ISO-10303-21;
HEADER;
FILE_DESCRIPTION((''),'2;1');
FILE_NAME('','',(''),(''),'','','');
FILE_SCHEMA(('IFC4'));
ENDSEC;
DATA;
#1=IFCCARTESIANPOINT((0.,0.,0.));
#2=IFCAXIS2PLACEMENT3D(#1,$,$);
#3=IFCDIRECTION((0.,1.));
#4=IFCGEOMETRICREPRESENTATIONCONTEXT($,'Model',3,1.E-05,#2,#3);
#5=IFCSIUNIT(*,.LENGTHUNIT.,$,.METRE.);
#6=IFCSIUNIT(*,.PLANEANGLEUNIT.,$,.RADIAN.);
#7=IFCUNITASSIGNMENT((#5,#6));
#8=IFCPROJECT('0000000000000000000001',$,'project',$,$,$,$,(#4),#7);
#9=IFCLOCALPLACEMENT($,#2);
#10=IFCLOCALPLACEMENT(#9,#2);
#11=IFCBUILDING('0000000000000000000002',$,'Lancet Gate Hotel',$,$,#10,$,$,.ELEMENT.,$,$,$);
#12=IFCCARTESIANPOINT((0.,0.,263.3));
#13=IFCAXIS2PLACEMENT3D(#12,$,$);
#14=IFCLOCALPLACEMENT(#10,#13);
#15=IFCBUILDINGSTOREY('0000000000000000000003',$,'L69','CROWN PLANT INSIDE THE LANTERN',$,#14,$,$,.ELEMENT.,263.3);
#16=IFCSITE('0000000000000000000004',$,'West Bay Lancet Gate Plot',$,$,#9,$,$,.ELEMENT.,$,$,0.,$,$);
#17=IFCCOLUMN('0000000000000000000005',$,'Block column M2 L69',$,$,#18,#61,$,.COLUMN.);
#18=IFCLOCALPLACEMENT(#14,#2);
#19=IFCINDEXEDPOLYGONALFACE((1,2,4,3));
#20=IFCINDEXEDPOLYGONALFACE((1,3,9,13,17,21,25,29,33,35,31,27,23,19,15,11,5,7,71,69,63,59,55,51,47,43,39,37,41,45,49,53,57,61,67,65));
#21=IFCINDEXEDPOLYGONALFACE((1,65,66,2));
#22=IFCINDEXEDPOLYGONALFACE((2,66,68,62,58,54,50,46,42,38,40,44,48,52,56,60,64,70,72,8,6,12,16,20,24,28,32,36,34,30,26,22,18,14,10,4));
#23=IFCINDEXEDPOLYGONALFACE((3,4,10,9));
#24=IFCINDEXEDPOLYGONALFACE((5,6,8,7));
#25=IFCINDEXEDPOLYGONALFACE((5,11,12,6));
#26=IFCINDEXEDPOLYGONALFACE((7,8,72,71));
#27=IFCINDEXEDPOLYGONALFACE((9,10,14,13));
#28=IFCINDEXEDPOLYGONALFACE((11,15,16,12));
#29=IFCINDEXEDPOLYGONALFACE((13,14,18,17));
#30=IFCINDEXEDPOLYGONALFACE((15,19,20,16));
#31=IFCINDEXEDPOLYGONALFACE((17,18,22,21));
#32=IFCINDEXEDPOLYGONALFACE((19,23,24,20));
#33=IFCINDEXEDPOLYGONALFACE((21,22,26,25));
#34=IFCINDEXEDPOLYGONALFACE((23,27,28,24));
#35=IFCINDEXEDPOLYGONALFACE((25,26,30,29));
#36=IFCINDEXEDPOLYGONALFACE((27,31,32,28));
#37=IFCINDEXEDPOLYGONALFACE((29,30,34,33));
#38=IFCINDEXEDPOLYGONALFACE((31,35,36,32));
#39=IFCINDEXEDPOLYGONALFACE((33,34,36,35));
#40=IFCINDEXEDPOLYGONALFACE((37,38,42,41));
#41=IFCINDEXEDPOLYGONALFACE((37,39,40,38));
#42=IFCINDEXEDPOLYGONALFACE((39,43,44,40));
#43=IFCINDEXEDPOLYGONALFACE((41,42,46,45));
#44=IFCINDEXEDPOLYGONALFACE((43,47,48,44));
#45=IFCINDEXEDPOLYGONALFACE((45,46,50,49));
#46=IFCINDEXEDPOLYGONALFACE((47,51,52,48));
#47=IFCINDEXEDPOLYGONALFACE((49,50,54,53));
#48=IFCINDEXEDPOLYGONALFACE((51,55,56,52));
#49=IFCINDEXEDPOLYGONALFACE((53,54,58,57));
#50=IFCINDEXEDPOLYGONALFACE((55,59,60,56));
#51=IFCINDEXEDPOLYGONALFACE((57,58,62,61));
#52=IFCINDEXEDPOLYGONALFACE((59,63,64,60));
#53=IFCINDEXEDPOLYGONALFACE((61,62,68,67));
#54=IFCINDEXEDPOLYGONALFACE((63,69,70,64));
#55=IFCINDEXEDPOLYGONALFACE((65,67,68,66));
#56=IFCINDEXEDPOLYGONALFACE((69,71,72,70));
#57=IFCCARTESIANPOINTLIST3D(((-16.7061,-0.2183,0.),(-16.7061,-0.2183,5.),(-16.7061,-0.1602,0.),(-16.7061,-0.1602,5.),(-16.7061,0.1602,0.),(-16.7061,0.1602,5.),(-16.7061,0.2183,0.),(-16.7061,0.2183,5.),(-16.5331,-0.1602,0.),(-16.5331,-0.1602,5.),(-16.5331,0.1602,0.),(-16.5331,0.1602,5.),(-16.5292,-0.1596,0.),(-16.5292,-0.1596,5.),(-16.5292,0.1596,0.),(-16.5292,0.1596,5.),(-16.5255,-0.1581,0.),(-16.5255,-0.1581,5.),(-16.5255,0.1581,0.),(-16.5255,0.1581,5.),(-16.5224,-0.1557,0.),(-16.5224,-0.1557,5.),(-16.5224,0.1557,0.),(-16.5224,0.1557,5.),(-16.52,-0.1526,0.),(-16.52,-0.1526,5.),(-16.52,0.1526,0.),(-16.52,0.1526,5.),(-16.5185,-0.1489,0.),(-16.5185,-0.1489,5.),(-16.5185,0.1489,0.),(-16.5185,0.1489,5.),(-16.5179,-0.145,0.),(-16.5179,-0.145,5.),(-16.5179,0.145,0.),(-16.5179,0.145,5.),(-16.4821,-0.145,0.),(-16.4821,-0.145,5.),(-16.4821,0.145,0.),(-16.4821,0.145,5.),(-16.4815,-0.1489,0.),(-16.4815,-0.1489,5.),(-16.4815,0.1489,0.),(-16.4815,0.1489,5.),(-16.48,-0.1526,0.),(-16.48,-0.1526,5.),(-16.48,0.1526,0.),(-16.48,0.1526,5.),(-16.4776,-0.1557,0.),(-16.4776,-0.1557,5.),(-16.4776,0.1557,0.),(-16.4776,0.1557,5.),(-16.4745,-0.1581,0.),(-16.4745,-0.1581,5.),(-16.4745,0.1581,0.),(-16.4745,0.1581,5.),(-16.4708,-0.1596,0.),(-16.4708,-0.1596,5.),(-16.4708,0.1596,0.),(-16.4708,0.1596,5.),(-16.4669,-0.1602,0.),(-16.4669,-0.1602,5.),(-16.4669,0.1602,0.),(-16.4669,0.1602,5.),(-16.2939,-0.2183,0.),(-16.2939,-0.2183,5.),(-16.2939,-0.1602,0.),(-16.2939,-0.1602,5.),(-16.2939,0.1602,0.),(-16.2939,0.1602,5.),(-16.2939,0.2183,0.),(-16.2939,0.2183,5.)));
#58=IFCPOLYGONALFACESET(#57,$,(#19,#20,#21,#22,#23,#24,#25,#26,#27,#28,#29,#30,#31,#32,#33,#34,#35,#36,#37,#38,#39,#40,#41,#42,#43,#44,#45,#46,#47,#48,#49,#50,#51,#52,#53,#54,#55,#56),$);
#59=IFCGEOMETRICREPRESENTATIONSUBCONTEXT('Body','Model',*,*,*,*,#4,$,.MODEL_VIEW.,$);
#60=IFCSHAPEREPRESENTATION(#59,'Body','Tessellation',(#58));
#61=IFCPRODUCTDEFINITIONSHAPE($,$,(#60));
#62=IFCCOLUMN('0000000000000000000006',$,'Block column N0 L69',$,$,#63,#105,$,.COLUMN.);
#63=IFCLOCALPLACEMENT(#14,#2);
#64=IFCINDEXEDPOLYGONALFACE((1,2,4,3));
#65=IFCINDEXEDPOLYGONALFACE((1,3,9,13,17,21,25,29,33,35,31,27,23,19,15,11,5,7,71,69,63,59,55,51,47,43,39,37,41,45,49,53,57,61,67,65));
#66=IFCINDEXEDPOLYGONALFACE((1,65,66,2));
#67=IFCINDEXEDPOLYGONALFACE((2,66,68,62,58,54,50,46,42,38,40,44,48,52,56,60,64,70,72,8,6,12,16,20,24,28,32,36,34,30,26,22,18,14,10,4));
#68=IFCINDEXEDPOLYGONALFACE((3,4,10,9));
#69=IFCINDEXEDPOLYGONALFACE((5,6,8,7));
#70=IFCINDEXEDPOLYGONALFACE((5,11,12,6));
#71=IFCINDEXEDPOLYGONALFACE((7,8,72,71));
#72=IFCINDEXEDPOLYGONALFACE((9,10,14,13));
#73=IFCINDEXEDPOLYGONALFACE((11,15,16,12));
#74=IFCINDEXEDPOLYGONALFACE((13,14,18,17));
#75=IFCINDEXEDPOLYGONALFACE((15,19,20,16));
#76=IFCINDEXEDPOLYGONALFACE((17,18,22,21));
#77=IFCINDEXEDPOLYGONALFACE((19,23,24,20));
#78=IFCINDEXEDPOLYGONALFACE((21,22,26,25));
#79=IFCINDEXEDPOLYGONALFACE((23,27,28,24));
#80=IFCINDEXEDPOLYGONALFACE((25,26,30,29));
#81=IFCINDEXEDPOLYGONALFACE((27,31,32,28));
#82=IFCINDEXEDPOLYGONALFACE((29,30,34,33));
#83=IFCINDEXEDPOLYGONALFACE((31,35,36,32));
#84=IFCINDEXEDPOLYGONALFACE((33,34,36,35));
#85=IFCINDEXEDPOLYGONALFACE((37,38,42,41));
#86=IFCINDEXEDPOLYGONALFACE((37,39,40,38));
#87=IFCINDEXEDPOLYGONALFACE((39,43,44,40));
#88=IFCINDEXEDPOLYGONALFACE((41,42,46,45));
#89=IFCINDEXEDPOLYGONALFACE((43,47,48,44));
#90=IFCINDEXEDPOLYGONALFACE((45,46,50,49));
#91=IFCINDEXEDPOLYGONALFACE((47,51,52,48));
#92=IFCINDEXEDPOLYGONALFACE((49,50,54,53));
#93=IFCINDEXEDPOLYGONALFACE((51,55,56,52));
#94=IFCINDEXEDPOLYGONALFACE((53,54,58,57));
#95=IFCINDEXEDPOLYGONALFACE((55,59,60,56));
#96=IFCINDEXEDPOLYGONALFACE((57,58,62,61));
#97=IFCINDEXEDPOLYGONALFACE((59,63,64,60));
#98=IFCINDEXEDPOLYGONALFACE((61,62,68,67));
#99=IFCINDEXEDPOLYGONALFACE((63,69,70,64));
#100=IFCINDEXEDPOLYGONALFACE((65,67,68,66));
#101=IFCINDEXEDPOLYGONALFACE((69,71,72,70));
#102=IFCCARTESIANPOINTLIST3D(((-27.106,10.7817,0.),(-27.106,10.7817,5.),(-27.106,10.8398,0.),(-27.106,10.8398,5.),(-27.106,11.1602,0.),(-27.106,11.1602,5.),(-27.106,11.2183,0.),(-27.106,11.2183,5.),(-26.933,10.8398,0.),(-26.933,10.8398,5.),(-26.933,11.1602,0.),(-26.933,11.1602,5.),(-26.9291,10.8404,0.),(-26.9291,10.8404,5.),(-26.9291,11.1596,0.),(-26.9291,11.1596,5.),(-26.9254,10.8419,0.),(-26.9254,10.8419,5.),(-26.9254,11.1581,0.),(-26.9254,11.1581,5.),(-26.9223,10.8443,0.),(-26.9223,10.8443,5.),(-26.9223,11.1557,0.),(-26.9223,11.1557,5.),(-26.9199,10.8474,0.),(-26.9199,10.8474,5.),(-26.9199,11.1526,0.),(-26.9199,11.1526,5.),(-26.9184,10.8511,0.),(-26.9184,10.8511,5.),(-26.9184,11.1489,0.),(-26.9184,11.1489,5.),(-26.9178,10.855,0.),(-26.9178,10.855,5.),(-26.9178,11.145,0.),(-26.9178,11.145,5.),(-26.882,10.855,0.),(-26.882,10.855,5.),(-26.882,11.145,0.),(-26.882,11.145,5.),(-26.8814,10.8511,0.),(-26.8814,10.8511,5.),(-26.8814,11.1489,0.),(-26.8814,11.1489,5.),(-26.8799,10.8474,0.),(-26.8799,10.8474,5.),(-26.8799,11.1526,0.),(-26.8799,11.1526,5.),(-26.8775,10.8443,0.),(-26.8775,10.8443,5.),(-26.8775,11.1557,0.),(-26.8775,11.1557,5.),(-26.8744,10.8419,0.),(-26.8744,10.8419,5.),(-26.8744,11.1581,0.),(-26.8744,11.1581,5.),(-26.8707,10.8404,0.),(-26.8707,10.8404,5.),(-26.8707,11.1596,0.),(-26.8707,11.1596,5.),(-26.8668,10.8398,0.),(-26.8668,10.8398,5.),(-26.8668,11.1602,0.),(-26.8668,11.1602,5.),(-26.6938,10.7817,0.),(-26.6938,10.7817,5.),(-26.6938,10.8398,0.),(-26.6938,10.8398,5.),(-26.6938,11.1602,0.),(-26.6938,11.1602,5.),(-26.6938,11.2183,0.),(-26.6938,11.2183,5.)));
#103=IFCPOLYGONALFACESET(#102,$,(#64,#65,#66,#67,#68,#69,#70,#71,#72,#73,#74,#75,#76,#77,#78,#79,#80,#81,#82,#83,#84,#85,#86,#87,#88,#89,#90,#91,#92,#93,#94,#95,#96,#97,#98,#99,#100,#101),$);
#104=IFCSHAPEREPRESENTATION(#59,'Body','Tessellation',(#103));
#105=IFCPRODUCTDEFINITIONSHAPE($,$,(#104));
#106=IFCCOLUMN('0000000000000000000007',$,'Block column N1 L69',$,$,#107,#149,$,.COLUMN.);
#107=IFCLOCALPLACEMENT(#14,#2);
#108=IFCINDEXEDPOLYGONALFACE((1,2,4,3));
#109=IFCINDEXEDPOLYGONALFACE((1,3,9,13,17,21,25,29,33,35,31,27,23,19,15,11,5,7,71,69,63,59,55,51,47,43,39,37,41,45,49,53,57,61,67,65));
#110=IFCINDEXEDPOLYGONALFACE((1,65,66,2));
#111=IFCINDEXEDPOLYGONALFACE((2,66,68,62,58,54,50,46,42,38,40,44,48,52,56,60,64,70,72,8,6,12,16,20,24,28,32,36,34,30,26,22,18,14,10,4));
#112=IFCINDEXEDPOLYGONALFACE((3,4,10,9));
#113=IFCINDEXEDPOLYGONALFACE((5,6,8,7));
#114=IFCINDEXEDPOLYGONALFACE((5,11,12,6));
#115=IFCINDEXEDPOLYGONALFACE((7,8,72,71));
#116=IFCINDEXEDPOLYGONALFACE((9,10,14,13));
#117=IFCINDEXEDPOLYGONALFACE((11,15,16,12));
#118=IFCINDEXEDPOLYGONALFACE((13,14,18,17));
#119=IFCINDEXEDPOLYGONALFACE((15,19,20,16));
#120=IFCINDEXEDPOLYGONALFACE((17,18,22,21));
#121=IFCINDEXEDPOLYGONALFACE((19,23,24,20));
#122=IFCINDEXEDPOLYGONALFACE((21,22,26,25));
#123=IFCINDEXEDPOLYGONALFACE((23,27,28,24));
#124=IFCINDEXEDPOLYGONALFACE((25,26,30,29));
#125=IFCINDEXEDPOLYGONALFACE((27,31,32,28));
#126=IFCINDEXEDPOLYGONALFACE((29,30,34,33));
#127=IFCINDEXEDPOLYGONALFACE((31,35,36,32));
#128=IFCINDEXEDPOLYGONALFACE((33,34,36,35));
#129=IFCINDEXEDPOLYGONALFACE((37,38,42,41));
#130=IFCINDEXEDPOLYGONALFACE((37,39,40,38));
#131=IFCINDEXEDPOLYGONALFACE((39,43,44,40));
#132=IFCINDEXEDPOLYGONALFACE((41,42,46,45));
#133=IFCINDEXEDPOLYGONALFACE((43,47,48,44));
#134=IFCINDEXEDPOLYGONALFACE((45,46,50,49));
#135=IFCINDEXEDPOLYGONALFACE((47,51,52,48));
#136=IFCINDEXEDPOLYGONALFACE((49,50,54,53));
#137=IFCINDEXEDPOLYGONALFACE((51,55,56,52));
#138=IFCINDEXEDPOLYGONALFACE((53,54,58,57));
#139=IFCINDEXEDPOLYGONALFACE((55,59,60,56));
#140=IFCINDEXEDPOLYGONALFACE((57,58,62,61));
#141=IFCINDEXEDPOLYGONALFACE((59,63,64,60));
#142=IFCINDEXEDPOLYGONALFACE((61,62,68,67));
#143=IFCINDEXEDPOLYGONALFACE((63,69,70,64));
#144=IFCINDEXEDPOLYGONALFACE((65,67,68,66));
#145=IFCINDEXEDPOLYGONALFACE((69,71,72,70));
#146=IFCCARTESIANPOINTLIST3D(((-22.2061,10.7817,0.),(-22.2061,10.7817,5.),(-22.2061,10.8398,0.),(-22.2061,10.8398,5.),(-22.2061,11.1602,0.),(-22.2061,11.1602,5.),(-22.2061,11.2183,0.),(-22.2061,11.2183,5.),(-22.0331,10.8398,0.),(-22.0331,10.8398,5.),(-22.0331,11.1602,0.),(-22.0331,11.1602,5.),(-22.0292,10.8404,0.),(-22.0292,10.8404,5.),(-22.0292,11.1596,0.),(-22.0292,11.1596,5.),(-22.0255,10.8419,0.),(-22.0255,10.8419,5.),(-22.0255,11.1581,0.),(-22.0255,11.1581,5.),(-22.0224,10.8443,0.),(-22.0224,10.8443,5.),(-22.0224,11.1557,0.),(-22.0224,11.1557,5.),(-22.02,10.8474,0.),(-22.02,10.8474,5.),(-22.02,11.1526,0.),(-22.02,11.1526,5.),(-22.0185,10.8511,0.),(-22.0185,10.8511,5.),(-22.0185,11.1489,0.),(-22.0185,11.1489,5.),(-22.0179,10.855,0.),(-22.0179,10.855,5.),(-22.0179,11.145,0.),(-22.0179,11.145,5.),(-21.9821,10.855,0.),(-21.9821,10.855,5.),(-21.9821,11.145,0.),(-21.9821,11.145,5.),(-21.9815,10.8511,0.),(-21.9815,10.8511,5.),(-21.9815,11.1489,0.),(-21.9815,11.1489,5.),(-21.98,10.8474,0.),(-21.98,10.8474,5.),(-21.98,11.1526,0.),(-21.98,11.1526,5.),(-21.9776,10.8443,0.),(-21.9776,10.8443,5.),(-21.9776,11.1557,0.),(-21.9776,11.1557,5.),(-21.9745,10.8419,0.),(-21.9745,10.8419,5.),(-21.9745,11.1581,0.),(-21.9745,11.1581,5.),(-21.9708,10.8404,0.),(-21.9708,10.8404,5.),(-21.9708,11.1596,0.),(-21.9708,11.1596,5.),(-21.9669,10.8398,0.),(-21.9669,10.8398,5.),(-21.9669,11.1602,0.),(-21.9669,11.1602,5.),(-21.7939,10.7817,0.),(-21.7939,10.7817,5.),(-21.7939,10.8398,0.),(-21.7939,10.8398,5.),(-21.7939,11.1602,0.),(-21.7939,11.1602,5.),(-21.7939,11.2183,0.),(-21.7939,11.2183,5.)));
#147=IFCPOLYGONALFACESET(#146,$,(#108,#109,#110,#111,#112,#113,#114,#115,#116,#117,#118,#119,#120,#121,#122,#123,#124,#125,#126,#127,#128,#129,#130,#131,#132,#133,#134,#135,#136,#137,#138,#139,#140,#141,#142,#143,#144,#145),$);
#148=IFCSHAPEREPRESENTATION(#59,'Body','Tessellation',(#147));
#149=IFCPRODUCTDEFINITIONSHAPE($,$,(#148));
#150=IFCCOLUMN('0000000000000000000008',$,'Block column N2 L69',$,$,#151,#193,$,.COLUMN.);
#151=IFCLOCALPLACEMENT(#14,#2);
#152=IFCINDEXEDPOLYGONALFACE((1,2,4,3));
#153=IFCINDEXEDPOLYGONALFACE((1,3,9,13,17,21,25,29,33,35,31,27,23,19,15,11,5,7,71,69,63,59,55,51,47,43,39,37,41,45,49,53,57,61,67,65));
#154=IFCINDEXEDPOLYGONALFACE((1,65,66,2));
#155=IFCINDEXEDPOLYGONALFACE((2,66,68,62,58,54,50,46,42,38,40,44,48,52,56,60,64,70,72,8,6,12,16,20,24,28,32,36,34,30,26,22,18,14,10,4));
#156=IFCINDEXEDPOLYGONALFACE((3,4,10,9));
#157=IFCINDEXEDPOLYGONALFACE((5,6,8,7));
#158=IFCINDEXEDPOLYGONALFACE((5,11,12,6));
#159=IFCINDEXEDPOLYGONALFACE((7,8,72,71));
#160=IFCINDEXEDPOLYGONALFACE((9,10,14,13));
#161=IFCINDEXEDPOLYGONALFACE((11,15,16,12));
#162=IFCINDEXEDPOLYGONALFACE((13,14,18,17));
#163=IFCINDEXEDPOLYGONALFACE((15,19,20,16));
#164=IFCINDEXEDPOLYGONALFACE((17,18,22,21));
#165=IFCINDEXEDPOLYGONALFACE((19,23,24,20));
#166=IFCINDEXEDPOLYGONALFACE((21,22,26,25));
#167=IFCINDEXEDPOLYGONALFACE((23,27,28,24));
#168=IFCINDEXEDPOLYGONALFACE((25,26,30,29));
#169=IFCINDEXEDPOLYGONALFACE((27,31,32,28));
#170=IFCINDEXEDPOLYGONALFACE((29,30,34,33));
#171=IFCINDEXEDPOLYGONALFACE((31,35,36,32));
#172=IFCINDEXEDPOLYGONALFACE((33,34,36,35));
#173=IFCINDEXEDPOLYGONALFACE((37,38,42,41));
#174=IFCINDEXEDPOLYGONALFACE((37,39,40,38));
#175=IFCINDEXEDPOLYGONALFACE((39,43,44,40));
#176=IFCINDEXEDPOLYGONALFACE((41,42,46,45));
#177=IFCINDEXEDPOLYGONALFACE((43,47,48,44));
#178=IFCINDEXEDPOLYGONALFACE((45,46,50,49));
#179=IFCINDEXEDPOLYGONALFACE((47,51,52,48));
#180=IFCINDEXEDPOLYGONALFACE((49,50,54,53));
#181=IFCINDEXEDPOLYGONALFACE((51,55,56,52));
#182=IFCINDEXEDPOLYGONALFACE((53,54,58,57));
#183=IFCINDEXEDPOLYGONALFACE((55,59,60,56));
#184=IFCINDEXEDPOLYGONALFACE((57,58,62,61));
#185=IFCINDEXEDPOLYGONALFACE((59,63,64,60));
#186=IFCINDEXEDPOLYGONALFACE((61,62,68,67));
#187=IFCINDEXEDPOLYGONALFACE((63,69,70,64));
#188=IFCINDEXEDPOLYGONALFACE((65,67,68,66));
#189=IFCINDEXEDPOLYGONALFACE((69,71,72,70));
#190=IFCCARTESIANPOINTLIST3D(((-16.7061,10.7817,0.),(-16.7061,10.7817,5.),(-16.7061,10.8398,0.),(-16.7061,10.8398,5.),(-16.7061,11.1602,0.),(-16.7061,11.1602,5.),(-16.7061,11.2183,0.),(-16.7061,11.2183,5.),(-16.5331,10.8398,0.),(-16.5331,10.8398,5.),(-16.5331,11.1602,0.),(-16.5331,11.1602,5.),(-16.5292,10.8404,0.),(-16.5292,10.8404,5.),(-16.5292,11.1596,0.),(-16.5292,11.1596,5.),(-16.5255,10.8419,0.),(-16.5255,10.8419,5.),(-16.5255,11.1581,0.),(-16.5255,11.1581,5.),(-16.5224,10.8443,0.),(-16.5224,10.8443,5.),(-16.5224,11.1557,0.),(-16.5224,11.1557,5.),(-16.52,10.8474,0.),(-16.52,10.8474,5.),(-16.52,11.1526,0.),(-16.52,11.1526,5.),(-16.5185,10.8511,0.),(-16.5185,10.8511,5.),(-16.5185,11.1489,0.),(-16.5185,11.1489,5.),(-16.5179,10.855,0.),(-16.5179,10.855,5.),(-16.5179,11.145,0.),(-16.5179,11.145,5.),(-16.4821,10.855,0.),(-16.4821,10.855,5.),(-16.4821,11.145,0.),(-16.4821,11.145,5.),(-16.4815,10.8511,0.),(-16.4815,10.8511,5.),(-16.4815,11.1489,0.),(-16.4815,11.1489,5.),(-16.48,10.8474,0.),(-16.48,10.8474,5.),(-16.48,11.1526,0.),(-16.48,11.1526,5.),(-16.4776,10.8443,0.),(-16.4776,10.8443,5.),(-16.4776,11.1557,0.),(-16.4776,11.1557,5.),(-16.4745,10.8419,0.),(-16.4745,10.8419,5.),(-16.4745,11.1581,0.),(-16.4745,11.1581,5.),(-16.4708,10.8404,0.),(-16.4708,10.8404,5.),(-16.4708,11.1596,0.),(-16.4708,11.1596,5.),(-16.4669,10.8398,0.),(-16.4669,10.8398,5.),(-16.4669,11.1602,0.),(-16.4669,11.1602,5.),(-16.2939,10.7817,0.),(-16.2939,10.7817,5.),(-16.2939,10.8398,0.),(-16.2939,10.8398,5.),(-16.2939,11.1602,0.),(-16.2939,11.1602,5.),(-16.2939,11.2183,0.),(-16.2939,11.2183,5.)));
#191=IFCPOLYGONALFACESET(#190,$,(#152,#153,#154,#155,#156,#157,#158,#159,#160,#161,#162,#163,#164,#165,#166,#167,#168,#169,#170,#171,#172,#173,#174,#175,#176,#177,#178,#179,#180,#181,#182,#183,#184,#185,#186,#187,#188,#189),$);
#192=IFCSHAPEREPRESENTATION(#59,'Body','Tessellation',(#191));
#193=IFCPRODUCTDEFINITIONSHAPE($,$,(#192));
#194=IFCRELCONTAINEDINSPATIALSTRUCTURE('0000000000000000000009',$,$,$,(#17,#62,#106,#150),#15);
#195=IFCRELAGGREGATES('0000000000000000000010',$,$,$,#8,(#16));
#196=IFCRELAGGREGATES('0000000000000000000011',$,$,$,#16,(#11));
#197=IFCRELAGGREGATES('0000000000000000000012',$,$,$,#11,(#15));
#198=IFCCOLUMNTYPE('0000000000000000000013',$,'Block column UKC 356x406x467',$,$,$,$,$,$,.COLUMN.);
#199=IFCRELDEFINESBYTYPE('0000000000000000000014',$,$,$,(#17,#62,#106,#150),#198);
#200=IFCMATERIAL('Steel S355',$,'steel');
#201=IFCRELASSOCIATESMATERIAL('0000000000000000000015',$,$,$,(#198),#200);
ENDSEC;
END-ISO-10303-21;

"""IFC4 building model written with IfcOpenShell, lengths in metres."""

from ifc_helpers import new_model, si_unit, direction, frame, origin, origin_2d, place, context, subcontext, project, spatial, i_section, extrude, material, material_profile, profile_set, type_object, element, save


model = new_model("IFC4")

# Units and contexts
model_context = context("Model", 3, precision=1e-05, world=origin(), true_north=direction((0.0, 1.0)))
body_context = subcontext(model_context, "Body", "Model", "MODEL_VIEW")
ifc_project = project(units=[si_unit("LENGTHUNIT", "METRE"), si_unit("PLANEANGLEUNIT", "RADIAN")], contexts=[model_context])

# Site, building, storey
site_placement = place(None, origin())
site = spatial("IfcSite", under=ifc_project, at=site_placement, Name="West Bay Lancet Gate Plot", CompositionType="ELEMENT", RefElevation=0.0)
building_placement = place(site_placement, origin())
building = spatial("IfcBuilding", under=site, at=building_placement, Name="Lancet Gate Hotel", CompositionType="ELEMENT")
storey_placement = place(building_placement, frame((0.0, 0.0, 263.3)))
storey = spatial("IfcBuildingStorey", under=building, at=storey_placement, Name="L69", Description="CROWN PLANT INSIDE THE LANTERN", CompositionType="ELEMENT", Elevation=263.3)

# Columns
ifc_material_1 = material(Name="Steel S355", Category="steel")
ifc_material_profile_1 = material_profile(ifc_material_1, i_section(OverallWidth=0.4121, OverallDepth=0.4365, WebThickness=0.0359, FlangeThickness=0.0581, FilletRadius=0.0151, at=origin_2d()), Name="UKC 356x406x467")
ifc_profile_set_1 = profile_set([ifc_material_profile_1], Name="Steel S355")
column_type = type_object("IfcColumnType", Name="Block column UKC 356x406x467", PredefinedType="COLUMN", material=ifc_profile_set_1)
for number, where, z_axis, x_axis, name in (
    (1, (-16.5, 0.0, 0.0), (0.0, 0.0, 1.0), (1.0, 0.0, 0.0), "Block column M2 L69"),
    (2, (-26.8999, 11.0, 0.0), (0.0, 0.0, 1.0), (1.0, 0.0, 0.0), "Block column N0 L69"),
    (3, (-22.0, 11.0, 0.0), (0.0, 0.0, 1.0), (1.0, 0.0, 0.0), "Block column N1 L69"),
    (4, (-16.5, 11.0, 0.0), (0.0, 0.0, 1.0), (1.0, 0.0, 0.0), "Block column N2 L69"),
):
    element("IfcColumn", number, at=place(storey_placement, frame(where, z_axis=z_axis, x_axis=x_axis)), inside=storey, type_object=column_type, Name=name, PredefinedType="COLUMN", context=body_context, shape_type="SweptSolid", body=[
        extrude(i_section(OverallWidth=0.4121, OverallDepth=0.4365, WebThickness=0.0359, FlangeThickness=0.0581, FilletRadius=0.0151, at=origin_2d()), origin(), (0.0, 0.0, 1.0), 5.0),
    ])

save(model, "model.ifc")
